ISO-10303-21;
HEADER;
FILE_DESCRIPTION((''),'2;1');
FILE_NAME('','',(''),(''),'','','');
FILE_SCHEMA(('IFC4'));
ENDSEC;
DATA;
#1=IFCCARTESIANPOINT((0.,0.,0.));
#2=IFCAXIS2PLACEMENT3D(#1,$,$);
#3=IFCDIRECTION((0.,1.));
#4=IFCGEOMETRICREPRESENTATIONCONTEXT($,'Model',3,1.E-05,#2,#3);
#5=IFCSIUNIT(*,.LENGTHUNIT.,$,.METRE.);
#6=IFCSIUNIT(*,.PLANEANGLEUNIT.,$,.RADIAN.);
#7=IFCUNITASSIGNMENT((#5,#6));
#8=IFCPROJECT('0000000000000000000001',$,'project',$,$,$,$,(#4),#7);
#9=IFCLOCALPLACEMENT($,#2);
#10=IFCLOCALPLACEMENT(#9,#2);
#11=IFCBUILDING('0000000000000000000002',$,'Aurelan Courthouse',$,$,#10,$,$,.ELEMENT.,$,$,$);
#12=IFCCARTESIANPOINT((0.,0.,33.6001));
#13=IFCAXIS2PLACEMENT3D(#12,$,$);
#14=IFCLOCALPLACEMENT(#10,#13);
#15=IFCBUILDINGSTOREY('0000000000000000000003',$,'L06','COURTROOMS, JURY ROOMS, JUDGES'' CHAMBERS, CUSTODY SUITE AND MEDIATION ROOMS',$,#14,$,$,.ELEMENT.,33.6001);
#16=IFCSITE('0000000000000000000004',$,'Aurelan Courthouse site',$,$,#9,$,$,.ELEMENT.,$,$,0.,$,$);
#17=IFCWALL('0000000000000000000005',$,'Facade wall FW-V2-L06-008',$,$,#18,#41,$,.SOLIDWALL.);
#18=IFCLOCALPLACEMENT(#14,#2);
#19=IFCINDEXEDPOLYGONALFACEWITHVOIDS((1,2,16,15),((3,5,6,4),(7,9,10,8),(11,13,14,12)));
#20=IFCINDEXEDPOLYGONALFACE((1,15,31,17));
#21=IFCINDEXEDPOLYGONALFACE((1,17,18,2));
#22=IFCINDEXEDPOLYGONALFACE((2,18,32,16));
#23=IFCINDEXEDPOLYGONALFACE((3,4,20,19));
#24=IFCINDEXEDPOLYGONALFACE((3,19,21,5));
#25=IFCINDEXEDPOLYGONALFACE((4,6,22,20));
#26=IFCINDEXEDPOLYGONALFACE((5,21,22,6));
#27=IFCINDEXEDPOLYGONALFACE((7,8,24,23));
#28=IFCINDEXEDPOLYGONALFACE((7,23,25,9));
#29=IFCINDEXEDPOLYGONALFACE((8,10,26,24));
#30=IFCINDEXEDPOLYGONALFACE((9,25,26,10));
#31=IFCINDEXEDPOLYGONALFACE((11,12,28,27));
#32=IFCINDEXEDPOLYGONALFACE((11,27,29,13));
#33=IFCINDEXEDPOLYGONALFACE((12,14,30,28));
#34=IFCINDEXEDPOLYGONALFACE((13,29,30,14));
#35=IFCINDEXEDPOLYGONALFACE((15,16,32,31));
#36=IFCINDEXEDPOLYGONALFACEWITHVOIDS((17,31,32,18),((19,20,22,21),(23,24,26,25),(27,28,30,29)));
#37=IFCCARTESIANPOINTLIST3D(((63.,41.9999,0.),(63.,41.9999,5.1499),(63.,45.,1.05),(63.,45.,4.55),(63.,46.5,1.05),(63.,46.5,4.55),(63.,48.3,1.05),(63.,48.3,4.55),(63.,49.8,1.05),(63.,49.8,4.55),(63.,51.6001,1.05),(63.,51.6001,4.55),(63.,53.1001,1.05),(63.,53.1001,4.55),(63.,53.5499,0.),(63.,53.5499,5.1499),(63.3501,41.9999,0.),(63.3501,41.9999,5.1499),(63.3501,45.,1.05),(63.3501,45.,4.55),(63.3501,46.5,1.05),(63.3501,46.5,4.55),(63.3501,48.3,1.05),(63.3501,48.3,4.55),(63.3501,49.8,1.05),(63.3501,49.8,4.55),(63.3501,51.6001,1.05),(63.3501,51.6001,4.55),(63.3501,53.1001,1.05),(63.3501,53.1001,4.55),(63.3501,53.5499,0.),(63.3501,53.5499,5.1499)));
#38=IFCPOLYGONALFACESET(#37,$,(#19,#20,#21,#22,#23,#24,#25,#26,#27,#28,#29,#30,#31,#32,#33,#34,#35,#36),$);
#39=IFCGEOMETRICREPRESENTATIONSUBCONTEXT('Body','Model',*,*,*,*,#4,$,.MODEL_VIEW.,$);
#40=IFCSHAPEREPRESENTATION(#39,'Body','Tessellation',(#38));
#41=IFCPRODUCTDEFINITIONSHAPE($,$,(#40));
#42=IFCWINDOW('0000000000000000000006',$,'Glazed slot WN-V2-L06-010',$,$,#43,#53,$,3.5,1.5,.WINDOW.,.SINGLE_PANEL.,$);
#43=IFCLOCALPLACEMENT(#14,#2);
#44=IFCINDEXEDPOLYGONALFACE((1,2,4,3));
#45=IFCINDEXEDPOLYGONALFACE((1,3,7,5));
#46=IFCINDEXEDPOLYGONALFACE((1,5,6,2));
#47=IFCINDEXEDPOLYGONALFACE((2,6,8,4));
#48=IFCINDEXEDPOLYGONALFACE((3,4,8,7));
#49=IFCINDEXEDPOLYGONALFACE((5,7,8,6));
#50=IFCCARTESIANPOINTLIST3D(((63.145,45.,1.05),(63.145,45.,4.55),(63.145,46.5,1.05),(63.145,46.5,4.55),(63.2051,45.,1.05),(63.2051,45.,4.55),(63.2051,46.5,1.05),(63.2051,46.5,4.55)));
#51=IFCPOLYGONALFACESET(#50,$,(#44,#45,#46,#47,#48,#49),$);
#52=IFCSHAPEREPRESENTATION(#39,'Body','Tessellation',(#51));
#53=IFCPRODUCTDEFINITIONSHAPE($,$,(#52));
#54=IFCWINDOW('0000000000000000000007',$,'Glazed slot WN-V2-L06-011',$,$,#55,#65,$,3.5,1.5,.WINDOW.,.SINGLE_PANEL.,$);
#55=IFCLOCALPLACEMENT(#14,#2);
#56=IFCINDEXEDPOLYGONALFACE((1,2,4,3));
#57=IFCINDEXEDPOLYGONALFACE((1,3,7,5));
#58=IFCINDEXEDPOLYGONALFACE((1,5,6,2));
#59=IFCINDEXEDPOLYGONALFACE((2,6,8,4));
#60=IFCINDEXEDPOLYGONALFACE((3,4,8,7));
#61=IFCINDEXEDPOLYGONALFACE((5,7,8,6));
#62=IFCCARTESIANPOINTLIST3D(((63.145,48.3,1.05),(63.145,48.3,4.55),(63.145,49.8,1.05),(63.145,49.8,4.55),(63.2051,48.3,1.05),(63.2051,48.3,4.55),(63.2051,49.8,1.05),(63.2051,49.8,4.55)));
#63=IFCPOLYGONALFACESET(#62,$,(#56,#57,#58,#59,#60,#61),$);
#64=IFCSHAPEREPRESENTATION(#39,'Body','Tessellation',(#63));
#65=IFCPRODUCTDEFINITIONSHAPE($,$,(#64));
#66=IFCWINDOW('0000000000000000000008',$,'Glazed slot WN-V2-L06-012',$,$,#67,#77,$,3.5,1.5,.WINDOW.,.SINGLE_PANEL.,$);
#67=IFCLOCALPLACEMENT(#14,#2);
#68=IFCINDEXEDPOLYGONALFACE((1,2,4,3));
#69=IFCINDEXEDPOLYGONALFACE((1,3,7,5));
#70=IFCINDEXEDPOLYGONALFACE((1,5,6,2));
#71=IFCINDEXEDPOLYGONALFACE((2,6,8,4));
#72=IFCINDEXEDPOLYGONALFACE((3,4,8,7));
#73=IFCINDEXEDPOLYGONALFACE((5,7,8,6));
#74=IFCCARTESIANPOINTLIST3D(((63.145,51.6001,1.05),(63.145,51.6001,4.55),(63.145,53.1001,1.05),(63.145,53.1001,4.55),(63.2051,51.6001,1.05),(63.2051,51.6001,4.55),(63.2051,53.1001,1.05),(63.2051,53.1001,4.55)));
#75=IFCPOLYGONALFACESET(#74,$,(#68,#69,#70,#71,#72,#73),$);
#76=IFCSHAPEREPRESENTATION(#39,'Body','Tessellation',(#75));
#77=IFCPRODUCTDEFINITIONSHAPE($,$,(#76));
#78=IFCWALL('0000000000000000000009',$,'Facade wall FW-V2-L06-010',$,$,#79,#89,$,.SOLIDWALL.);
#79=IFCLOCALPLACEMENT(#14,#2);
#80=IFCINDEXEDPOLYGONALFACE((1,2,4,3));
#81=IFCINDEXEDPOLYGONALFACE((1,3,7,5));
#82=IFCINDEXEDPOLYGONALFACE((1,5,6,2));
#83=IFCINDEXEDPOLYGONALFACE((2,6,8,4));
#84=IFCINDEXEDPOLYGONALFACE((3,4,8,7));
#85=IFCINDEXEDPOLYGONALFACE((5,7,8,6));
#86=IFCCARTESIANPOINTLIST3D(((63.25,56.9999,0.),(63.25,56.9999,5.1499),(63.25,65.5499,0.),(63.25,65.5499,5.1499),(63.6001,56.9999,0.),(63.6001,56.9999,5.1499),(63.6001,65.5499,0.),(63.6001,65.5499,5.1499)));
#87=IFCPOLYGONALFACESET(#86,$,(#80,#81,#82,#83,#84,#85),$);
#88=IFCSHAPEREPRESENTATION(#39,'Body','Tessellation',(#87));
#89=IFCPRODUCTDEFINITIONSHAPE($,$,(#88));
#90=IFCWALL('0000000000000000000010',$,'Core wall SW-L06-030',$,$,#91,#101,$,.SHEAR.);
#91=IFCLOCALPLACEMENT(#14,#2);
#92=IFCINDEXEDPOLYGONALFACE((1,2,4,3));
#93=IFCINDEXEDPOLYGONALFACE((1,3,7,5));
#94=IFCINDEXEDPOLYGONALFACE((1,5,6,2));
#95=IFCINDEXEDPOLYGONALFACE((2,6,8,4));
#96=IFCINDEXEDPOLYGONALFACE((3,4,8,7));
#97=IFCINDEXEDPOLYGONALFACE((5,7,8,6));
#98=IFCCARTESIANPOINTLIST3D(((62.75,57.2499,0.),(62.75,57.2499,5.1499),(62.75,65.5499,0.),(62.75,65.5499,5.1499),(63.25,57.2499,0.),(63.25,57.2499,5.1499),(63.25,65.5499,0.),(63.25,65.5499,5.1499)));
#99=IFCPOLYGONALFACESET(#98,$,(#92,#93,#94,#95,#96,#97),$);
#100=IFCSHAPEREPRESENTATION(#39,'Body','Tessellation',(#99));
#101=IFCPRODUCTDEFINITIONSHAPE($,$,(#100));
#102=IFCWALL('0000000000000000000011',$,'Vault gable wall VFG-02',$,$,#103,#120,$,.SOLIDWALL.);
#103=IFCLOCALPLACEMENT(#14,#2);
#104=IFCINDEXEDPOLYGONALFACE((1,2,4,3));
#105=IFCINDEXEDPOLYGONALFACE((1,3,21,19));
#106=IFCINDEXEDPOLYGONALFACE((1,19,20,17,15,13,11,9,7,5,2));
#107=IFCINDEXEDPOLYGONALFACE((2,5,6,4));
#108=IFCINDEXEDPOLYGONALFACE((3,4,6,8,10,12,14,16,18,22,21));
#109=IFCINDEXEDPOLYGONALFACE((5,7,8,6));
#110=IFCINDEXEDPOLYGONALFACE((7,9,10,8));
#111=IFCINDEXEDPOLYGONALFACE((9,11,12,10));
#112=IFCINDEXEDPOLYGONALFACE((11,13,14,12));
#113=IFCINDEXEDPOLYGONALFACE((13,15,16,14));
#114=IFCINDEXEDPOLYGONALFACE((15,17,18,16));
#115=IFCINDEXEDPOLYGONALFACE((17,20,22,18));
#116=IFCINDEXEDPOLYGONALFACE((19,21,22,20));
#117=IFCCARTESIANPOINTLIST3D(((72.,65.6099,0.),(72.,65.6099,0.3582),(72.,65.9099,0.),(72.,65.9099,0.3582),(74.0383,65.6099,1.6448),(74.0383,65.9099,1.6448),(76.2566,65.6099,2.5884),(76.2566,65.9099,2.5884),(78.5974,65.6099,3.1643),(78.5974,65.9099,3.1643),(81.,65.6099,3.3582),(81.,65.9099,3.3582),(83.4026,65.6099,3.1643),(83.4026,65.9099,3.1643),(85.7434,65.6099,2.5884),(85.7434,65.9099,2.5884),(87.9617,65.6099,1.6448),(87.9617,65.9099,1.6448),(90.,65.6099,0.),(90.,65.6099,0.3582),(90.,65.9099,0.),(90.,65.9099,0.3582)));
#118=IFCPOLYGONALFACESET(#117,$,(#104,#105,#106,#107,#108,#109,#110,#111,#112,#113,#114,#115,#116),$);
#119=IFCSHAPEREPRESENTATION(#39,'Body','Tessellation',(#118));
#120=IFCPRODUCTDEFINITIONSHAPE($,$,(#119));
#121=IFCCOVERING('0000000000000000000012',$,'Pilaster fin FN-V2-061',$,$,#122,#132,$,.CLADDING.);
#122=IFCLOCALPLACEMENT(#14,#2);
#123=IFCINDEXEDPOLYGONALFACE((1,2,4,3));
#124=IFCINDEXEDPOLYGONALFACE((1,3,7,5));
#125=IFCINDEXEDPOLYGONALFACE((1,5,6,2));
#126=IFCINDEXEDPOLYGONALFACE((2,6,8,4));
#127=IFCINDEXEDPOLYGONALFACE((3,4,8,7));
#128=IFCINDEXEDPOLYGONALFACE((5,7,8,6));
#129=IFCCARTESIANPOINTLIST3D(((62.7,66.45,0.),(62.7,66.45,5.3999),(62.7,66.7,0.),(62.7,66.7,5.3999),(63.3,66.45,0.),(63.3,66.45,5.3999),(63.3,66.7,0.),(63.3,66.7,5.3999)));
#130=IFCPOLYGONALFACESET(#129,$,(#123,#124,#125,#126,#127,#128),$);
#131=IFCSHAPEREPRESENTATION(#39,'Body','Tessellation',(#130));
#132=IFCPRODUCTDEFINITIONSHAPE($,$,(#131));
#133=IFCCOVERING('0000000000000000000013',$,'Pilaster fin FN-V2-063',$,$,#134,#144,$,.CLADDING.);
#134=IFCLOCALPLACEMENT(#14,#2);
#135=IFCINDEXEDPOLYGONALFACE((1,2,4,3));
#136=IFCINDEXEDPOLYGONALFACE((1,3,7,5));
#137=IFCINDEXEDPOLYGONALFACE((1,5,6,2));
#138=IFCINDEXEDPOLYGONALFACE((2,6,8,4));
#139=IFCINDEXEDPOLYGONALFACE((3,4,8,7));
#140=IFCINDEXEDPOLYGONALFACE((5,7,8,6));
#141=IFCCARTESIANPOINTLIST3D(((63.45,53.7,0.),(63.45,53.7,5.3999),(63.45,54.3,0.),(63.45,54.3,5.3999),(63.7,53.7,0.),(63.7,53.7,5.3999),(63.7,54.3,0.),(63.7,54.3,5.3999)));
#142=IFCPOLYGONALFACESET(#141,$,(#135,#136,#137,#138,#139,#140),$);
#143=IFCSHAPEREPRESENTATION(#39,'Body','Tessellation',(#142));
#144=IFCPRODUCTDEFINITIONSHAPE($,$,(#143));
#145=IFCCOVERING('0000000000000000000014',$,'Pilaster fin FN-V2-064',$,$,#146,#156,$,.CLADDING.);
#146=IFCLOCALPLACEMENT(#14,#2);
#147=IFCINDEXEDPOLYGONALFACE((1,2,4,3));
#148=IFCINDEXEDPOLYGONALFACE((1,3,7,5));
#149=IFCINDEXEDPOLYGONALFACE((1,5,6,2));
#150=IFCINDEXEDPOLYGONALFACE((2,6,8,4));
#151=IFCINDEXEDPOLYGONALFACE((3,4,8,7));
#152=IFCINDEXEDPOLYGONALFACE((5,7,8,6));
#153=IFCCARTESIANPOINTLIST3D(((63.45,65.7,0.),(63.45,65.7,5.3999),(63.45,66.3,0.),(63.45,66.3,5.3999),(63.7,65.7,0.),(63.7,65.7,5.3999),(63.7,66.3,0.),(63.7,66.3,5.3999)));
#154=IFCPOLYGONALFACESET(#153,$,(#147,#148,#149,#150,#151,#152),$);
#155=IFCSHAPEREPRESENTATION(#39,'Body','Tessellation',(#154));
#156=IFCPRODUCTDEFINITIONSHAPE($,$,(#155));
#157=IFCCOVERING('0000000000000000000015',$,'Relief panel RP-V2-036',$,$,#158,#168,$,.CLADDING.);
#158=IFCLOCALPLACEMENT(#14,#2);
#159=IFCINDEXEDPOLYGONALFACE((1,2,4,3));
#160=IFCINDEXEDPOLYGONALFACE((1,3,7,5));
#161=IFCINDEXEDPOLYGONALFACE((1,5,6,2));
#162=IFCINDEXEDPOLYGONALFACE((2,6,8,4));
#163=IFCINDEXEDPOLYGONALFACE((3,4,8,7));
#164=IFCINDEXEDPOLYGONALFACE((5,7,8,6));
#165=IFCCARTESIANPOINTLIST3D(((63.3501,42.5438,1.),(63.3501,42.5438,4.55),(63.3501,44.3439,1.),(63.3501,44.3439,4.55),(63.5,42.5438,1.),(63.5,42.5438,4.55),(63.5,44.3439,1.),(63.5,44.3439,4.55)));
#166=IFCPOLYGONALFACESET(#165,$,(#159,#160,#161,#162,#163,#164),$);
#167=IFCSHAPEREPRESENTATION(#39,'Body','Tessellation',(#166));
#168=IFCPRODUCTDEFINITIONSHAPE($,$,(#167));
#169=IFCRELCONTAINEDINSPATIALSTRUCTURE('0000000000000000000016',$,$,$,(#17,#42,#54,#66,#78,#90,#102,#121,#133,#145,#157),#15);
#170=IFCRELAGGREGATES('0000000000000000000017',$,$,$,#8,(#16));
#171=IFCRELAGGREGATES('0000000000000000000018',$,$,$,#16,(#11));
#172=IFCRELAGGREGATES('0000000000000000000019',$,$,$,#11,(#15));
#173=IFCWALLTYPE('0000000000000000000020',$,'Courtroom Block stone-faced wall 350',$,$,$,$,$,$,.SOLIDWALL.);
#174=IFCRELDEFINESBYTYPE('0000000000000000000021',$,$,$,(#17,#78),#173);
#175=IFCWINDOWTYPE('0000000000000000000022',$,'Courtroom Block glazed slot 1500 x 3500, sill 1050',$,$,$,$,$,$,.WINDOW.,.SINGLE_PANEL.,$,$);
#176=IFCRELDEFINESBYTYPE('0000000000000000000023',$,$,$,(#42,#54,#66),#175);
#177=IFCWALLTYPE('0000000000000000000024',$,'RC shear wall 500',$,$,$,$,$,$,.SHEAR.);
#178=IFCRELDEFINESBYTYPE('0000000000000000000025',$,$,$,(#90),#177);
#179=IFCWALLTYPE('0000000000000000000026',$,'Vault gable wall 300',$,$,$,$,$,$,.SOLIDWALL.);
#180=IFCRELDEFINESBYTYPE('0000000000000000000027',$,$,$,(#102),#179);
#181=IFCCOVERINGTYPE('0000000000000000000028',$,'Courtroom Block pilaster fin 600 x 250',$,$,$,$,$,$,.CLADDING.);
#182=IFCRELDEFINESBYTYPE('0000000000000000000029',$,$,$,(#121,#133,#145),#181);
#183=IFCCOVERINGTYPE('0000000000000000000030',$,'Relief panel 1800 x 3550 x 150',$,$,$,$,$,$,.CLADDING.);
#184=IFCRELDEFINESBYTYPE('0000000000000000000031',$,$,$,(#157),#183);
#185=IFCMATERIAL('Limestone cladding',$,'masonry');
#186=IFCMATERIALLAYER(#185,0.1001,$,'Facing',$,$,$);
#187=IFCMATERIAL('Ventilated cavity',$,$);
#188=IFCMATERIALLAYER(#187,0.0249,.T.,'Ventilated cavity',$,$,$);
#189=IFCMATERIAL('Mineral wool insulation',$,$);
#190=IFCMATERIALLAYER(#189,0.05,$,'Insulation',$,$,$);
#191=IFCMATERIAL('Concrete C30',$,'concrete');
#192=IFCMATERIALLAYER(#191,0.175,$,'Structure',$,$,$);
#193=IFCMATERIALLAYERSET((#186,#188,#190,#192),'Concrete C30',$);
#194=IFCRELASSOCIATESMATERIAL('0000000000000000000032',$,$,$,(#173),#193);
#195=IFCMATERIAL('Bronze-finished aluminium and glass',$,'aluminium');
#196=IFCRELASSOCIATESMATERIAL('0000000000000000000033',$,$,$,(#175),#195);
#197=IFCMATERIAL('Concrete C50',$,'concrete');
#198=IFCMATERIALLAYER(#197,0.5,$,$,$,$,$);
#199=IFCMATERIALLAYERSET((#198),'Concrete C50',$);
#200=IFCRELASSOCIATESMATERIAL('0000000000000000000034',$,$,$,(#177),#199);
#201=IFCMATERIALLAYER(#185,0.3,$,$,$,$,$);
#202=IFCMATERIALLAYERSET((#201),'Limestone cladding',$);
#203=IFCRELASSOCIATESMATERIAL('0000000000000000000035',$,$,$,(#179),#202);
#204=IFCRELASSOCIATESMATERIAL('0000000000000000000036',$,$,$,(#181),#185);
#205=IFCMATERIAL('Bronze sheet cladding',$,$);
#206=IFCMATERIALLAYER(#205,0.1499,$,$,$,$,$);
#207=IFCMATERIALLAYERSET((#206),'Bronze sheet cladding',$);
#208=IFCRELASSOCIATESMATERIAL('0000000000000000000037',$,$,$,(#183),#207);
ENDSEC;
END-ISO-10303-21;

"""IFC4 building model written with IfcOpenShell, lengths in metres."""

from ifc_helpers import new_model, si_unit, direction, frame, frame_2d, origin, origin_2d, place, context, subcontext, project, spatial, polyline, rectangle, outline, extrude, material, layer, layer_set, type_object, element, fill, save


model = new_model("IFC4")

# Units and contexts
model_context = context("Model", 3, precision=1e-05, world=origin(), true_north=direction((0.0, 1.0)))
body_context = subcontext(model_context, "Body", "Model", "MODEL_VIEW")
ifc_project = project(units=[si_unit("LENGTHUNIT", "METRE"), si_unit("PLANEANGLEUNIT", "RADIAN")], contexts=[model_context])

# Site, building, storey
site_placement = place(None, origin())
site = spatial("IfcSite", under=ifc_project, at=site_placement, Name="Aurelan Courthouse site", CompositionType="ELEMENT", RefElevation=0.0)
building_placement = place(site_placement, origin())
building = spatial("IfcBuilding", under=site, at=building_placement, Name="Aurelan Courthouse", CompositionType="ELEMENT")
storey_placement = place(building_placement, frame((0.0, 0.0, 33.6001)))
storey = spatial("IfcBuildingStorey", under=building, at=storey_placement, Name="L06", Description="COURTROOMS, JURY ROOMS, JUDGES' CHAMBERS, CUSTODY SUITE AND MEDIATION ROOMS", CompositionType="ELEMENT", Elevation=33.6001)

# Shared definitions
ifc_material_1 = material(Name="Concrete C50", Category="concrete")

# Shared definitions
ifc_material_2 = material(Name="Limestone cladding", Category="masonry")
ifc_material_3 = material(Name="Ventilated cavity")
ifc_material_4 = material(Name="Mineral wool insulation")
ifc_material_5 = material(Name="Concrete C30", Category="concrete")
ifc_material_6 = material(Name="Bronze-finished aluminium and glass", Category="aluminium")

# Wall, openings, windows
ifc_layer_1 = layer(ifc_material_2, 0.1001, Name="Facing")
ifc_layer_2 = layer(ifc_material_3, 0.0249, ventilated=True, Name="Ventilated cavity")
ifc_layer_3 = layer(ifc_material_4, 0.05, Name="Insulation")
ifc_layer_4 = layer(ifc_material_5, 0.175, Name="Structure")
ifc_layer_set_1 = layer_set([ifc_layer_1, ifc_layer_2, ifc_layer_3, ifc_layer_4], Name="Concrete C30")
wall_type_1 = type_object("IfcWallType", Name="Courtroom Block stone-faced wall 350", PredefinedType="SOLIDWALL", material=ifc_layer_set_1)
wall_1_placement = place(storey_placement, frame((63.175, 42.0, 0.0), z_axis=(0.0, 0.0, 1.0), x_axis=(0.0, 1.0, 0.0)))
wall_1 = element("IfcWall", 1, at=wall_1_placement, inside=storey, type_object=wall_type_1, Name="Facade wall FW-V2-L06-008", PredefinedType="SOLIDWALL", context=body_context, shape_type="SweptSolid", body=[
    extrude(rectangle(XDim=11.55, YDim=0.3501, at=frame_2d((5.7749, 0.0))), origin(), (0.0, 0.0, 1.0), 5.1499),
])
opening_1_placement = place(wall_1_placement, frame((3.0, 0.0, 1.05)))
opening_1 = element("IfcOpeningElement", 2, at=opening_1_placement, cuts=wall_1, PredefinedType="OPENING", context=body_context, shape_type="SweptSolid", body=[
    extrude(rectangle(XDim=1.5, YDim=3.5, at=frame_2d((0.75, 1.75))), frame((0.0, 0.1851, 0.0), z_axis=(0.0, -1.0, 0.0), x_axis=(1.0, 0.0, 0.0)), (0.0, 0.0, 1.0), 0.3701),
])
opening_2_placement = place(wall_1_placement, frame((6.3, 0.0, 1.05)))
opening_2 = element("IfcOpeningElement", 3, at=opening_2_placement, cuts=wall_1, PredefinedType="OPENING", context=body_context, shape_type="SweptSolid", body=[
    extrude(rectangle(XDim=1.5, YDim=3.5, at=frame_2d((0.75, 1.75))), frame((0.0, 0.1851, 0.0), z_axis=(0.0, -1.0, 0.0), x_axis=(1.0, 0.0, 0.0)), (0.0, 0.0, 1.0), 0.3701),
])
opening_3_placement = place(wall_1_placement, frame((9.6001, 0.0, 1.05)))
opening_3 = element("IfcOpeningElement", 4, at=opening_3_placement, cuts=wall_1, PredefinedType="OPENING", context=body_context, shape_type="SweptSolid", body=[
    extrude(rectangle(XDim=1.5, YDim=3.5, at=frame_2d((0.75, 1.75))), frame((0.0, 0.1851, 0.0), z_axis=(0.0, -1.0, 0.0), x_axis=(1.0, 0.0, 0.0)), (0.0, 0.0, 1.0), 0.3701),
])
window_type_1 = type_object("IfcWindowType", Name="Courtroom Block glazed slot 1500 x 3500, sill 1050", PartitioningType="SINGLE_PANEL", PredefinedType="WINDOW", material=ifc_material_6)
window_1_placement = place(opening_1_placement, origin())
window_1 = element("IfcWindow", 5, at=window_1_placement, inside=storey, type_object=window_type_1, Name="Glazed slot WN-V2-L06-010", OverallHeight=3.5, OverallWidth=1.5, PartitioningType="SINGLE_PANEL", PredefinedType="WINDOW", context=body_context, shape_type="SweptSolid", body=[
    extrude(rectangle(XDim=1.5, YDim=3.5, at=frame_2d((0.75, 1.75))), frame((0.0, 0.03, 0.0), z_axis=(0.0, -1.0, 0.0), x_axis=(1.0, 0.0, 0.0)), (0.0, 0.0, 1.0), 0.0601),
])
fill(opening_1, window_1)
window_2_placement = place(opening_2_placement, origin())
window_2 = element("IfcWindow", 6, at=window_2_placement, inside=storey, type_object=window_type_1, Name="Glazed slot WN-V2-L06-011", OverallHeight=3.5, OverallWidth=1.5, PartitioningType="SINGLE_PANEL", PredefinedType="WINDOW", context=body_context, shape_type="SweptSolid", body=[
    extrude(rectangle(XDim=1.5, YDim=3.5, at=frame_2d((0.75, 1.75))), frame((0.0, 0.03, 0.0), z_axis=(0.0, -1.0, 0.0), x_axis=(1.0, 0.0, 0.0)), (0.0, 0.0, 1.0), 0.0601),
])
fill(opening_2, window_2)
window_3_placement = place(opening_3_placement, origin())
window_3 = element("IfcWindow", 7, at=window_3_placement, inside=storey, type_object=window_type_1, Name="Glazed slot WN-V2-L06-012", OverallHeight=3.5, OverallWidth=1.5, PartitioningType="SINGLE_PANEL", PredefinedType="WINDOW", context=body_context, shape_type="SweptSolid", body=[
    extrude(rectangle(XDim=1.5, YDim=3.5, at=frame_2d((0.75, 1.75))), frame((0.0, 0.03, 0.0), z_axis=(0.0, -1.0, 0.0), x_axis=(1.0, 0.0, 0.0)), (0.0, 0.0, 1.0), 0.0601),
])
fill(opening_3, window_3)

# Walls
wall_2_placement = place(storey_placement, frame((63.425, 57.0, 0.0), z_axis=(0.0, 0.0, 1.0), x_axis=(0.0, 1.0, 0.0)))
element("IfcWall", 8, at=wall_2_placement, inside=storey, type_object=wall_type_1, Name="Facade wall FW-V2-L06-010", PredefinedType="SOLIDWALL", context=body_context, shape_type="SweptSolid", body=[
    extrude(rectangle(XDim=8.55, YDim=0.3501, at=frame_2d((4.2749, 0.0))), origin(), (0.0, 0.0, 1.0), 5.1499),
])
ifc_layer_5 = layer(ifc_material_1, 0.5)
ifc_layer_set_2 = layer_set([ifc_layer_5], Name="Concrete C50")
wall_type_2 = type_object("IfcWallType", Name="RC shear wall 500", PredefinedType="SHEAR", material=ifc_layer_set_2)
wall_3_placement = place(storey_placement, frame((63.0, 57.25, 0.0), z_axis=(0.0, 0.0, 1.0), x_axis=(0.0, 1.0, 0.0)))
element("IfcWall", 9, at=wall_3_placement, inside=storey, type_object=wall_type_2, Name="Core wall SW-L06-030", PredefinedType="SHEAR", context=body_context, shape_type="SweptSolid", body=[
    extrude(rectangle(XDim=8.3, YDim=0.5, at=frame_2d((4.1499, 0.0))), origin(), (0.0, 0.0, 1.0), 5.1499),
])
ifc_layer_6 = layer(ifc_material_2, 0.3)
ifc_layer_set_3 = layer_set([ifc_layer_6], Name="Limestone cladding")
wall_type_3 = type_object("IfcWallType", Name="Vault gable wall 300", PredefinedType="SOLIDWALL", material=ifc_layer_set_3)
wall_4_placement = place(storey_placement, frame((72.0, 65.76, 0.0), z_axis=(0.0, 0.0, 1.0), x_axis=(1.0, 0.0, 0.0)))
element("IfcWall", 10, at=wall_4_placement, inside=storey, type_object=wall_type_3, Name="Vault gable wall VFG-02", PredefinedType="SOLIDWALL", context=body_context, shape_type="SweptSolid", body=[
    extrude(outline(polyline([(0.0, 0.0), (18.0, 0.0), (18.0, 0.3582), (15.9617, 1.6448), (13.7434, 2.5884), (11.4026, 3.1643), (9.0, 3.3582), (6.5974, 3.1643), (4.2566, 2.5884), (2.0383, 1.6448), (0.0, 0.3582), (0.0, 0.0)])), frame((0.0, 0.1499, 0.0), z_axis=(0.0, -1.0, 0.0), x_axis=(1.0, 0.0, 0.0)), (0.0, 0.0, 1.0), 0.3),
])

# Coverings
ifc_material_7 = material(Name="Bronze sheet cladding")
covering_type_1 = type_object("IfcCoveringType", Name="Courtroom Block pilaster fin 600 x 250", PredefinedType="CLADDING", material=ifc_material_2)
covering_placement = place(storey_placement, frame((63.0, 66.575, 0.0), z_axis=(0.0, 0.0, 1.0), x_axis=(1.0, 0.0, 0.0)))
element("IfcCovering", 11, at=covering_placement, inside=storey, type_object=covering_type_1, Name="Pilaster fin FN-V2-061", PredefinedType="CLADDING", context=body_context, shape_type="SweptSolid", body=[
    extrude(rectangle(XDim=0.6001, YDim=0.25, at=origin_2d()), origin(), (0.0, 0.0, 1.0), 5.3999),
])
for number, where, z_axis, x_axis, name in (
    (12, (63.575, 54.0, 0.0), (0.0, 0.0, 1.0), (1.0, 0.0, 0.0), "Pilaster fin FN-V2-063"),
    (13, (63.575, 66.0, 0.0), (0.0, 0.0, 1.0), (1.0, 0.0, 0.0), "Pilaster fin FN-V2-064"),
):
    element("IfcCovering", number, at=place(storey_placement, frame(where, z_axis=z_axis, x_axis=x_axis)), inside=storey, type_object=covering_type_1, Name=name, PredefinedType="CLADDING", context=body_context, shape_type="SweptSolid", body=[
        extrude(rectangle(XDim=0.25, YDim=0.6001, at=origin_2d()), origin(), (0.0, 0.0, 1.0), 5.3999),
    ])
ifc_layer_7 = layer(ifc_material_7, 0.1499)
ifc_layer_set_4 = layer_set([ifc_layer_7], Name="Bronze sheet cladding")
covering_type_2 = type_object("IfcCoveringType", Name="Relief panel 1800 x 3550 x 150", PredefinedType="CLADDING", material=ifc_layer_set_4)
for number, where, z_axis, x_axis, name in (
    (14, (63.425, 43.4438, 1.0), (0.0, 0.0, 1.0), (1.0, 0.0, 0.0), "Relief panel RP-V2-036"),
):
    element("IfcCovering", number, at=place(storey_placement, frame(where, z_axis=z_axis, x_axis=x_axis)), inside=storey, type_object=covering_type_2, Name=name, PredefinedType="CLADDING", context=body_context, shape_type="SweptSolid", body=[
        extrude(rectangle(XDim=0.1499, YDim=1.8, at=origin_2d()), origin(), (0.0, 0.0, 1.0), 3.55),
    ])

save(model, "model.ifc")
